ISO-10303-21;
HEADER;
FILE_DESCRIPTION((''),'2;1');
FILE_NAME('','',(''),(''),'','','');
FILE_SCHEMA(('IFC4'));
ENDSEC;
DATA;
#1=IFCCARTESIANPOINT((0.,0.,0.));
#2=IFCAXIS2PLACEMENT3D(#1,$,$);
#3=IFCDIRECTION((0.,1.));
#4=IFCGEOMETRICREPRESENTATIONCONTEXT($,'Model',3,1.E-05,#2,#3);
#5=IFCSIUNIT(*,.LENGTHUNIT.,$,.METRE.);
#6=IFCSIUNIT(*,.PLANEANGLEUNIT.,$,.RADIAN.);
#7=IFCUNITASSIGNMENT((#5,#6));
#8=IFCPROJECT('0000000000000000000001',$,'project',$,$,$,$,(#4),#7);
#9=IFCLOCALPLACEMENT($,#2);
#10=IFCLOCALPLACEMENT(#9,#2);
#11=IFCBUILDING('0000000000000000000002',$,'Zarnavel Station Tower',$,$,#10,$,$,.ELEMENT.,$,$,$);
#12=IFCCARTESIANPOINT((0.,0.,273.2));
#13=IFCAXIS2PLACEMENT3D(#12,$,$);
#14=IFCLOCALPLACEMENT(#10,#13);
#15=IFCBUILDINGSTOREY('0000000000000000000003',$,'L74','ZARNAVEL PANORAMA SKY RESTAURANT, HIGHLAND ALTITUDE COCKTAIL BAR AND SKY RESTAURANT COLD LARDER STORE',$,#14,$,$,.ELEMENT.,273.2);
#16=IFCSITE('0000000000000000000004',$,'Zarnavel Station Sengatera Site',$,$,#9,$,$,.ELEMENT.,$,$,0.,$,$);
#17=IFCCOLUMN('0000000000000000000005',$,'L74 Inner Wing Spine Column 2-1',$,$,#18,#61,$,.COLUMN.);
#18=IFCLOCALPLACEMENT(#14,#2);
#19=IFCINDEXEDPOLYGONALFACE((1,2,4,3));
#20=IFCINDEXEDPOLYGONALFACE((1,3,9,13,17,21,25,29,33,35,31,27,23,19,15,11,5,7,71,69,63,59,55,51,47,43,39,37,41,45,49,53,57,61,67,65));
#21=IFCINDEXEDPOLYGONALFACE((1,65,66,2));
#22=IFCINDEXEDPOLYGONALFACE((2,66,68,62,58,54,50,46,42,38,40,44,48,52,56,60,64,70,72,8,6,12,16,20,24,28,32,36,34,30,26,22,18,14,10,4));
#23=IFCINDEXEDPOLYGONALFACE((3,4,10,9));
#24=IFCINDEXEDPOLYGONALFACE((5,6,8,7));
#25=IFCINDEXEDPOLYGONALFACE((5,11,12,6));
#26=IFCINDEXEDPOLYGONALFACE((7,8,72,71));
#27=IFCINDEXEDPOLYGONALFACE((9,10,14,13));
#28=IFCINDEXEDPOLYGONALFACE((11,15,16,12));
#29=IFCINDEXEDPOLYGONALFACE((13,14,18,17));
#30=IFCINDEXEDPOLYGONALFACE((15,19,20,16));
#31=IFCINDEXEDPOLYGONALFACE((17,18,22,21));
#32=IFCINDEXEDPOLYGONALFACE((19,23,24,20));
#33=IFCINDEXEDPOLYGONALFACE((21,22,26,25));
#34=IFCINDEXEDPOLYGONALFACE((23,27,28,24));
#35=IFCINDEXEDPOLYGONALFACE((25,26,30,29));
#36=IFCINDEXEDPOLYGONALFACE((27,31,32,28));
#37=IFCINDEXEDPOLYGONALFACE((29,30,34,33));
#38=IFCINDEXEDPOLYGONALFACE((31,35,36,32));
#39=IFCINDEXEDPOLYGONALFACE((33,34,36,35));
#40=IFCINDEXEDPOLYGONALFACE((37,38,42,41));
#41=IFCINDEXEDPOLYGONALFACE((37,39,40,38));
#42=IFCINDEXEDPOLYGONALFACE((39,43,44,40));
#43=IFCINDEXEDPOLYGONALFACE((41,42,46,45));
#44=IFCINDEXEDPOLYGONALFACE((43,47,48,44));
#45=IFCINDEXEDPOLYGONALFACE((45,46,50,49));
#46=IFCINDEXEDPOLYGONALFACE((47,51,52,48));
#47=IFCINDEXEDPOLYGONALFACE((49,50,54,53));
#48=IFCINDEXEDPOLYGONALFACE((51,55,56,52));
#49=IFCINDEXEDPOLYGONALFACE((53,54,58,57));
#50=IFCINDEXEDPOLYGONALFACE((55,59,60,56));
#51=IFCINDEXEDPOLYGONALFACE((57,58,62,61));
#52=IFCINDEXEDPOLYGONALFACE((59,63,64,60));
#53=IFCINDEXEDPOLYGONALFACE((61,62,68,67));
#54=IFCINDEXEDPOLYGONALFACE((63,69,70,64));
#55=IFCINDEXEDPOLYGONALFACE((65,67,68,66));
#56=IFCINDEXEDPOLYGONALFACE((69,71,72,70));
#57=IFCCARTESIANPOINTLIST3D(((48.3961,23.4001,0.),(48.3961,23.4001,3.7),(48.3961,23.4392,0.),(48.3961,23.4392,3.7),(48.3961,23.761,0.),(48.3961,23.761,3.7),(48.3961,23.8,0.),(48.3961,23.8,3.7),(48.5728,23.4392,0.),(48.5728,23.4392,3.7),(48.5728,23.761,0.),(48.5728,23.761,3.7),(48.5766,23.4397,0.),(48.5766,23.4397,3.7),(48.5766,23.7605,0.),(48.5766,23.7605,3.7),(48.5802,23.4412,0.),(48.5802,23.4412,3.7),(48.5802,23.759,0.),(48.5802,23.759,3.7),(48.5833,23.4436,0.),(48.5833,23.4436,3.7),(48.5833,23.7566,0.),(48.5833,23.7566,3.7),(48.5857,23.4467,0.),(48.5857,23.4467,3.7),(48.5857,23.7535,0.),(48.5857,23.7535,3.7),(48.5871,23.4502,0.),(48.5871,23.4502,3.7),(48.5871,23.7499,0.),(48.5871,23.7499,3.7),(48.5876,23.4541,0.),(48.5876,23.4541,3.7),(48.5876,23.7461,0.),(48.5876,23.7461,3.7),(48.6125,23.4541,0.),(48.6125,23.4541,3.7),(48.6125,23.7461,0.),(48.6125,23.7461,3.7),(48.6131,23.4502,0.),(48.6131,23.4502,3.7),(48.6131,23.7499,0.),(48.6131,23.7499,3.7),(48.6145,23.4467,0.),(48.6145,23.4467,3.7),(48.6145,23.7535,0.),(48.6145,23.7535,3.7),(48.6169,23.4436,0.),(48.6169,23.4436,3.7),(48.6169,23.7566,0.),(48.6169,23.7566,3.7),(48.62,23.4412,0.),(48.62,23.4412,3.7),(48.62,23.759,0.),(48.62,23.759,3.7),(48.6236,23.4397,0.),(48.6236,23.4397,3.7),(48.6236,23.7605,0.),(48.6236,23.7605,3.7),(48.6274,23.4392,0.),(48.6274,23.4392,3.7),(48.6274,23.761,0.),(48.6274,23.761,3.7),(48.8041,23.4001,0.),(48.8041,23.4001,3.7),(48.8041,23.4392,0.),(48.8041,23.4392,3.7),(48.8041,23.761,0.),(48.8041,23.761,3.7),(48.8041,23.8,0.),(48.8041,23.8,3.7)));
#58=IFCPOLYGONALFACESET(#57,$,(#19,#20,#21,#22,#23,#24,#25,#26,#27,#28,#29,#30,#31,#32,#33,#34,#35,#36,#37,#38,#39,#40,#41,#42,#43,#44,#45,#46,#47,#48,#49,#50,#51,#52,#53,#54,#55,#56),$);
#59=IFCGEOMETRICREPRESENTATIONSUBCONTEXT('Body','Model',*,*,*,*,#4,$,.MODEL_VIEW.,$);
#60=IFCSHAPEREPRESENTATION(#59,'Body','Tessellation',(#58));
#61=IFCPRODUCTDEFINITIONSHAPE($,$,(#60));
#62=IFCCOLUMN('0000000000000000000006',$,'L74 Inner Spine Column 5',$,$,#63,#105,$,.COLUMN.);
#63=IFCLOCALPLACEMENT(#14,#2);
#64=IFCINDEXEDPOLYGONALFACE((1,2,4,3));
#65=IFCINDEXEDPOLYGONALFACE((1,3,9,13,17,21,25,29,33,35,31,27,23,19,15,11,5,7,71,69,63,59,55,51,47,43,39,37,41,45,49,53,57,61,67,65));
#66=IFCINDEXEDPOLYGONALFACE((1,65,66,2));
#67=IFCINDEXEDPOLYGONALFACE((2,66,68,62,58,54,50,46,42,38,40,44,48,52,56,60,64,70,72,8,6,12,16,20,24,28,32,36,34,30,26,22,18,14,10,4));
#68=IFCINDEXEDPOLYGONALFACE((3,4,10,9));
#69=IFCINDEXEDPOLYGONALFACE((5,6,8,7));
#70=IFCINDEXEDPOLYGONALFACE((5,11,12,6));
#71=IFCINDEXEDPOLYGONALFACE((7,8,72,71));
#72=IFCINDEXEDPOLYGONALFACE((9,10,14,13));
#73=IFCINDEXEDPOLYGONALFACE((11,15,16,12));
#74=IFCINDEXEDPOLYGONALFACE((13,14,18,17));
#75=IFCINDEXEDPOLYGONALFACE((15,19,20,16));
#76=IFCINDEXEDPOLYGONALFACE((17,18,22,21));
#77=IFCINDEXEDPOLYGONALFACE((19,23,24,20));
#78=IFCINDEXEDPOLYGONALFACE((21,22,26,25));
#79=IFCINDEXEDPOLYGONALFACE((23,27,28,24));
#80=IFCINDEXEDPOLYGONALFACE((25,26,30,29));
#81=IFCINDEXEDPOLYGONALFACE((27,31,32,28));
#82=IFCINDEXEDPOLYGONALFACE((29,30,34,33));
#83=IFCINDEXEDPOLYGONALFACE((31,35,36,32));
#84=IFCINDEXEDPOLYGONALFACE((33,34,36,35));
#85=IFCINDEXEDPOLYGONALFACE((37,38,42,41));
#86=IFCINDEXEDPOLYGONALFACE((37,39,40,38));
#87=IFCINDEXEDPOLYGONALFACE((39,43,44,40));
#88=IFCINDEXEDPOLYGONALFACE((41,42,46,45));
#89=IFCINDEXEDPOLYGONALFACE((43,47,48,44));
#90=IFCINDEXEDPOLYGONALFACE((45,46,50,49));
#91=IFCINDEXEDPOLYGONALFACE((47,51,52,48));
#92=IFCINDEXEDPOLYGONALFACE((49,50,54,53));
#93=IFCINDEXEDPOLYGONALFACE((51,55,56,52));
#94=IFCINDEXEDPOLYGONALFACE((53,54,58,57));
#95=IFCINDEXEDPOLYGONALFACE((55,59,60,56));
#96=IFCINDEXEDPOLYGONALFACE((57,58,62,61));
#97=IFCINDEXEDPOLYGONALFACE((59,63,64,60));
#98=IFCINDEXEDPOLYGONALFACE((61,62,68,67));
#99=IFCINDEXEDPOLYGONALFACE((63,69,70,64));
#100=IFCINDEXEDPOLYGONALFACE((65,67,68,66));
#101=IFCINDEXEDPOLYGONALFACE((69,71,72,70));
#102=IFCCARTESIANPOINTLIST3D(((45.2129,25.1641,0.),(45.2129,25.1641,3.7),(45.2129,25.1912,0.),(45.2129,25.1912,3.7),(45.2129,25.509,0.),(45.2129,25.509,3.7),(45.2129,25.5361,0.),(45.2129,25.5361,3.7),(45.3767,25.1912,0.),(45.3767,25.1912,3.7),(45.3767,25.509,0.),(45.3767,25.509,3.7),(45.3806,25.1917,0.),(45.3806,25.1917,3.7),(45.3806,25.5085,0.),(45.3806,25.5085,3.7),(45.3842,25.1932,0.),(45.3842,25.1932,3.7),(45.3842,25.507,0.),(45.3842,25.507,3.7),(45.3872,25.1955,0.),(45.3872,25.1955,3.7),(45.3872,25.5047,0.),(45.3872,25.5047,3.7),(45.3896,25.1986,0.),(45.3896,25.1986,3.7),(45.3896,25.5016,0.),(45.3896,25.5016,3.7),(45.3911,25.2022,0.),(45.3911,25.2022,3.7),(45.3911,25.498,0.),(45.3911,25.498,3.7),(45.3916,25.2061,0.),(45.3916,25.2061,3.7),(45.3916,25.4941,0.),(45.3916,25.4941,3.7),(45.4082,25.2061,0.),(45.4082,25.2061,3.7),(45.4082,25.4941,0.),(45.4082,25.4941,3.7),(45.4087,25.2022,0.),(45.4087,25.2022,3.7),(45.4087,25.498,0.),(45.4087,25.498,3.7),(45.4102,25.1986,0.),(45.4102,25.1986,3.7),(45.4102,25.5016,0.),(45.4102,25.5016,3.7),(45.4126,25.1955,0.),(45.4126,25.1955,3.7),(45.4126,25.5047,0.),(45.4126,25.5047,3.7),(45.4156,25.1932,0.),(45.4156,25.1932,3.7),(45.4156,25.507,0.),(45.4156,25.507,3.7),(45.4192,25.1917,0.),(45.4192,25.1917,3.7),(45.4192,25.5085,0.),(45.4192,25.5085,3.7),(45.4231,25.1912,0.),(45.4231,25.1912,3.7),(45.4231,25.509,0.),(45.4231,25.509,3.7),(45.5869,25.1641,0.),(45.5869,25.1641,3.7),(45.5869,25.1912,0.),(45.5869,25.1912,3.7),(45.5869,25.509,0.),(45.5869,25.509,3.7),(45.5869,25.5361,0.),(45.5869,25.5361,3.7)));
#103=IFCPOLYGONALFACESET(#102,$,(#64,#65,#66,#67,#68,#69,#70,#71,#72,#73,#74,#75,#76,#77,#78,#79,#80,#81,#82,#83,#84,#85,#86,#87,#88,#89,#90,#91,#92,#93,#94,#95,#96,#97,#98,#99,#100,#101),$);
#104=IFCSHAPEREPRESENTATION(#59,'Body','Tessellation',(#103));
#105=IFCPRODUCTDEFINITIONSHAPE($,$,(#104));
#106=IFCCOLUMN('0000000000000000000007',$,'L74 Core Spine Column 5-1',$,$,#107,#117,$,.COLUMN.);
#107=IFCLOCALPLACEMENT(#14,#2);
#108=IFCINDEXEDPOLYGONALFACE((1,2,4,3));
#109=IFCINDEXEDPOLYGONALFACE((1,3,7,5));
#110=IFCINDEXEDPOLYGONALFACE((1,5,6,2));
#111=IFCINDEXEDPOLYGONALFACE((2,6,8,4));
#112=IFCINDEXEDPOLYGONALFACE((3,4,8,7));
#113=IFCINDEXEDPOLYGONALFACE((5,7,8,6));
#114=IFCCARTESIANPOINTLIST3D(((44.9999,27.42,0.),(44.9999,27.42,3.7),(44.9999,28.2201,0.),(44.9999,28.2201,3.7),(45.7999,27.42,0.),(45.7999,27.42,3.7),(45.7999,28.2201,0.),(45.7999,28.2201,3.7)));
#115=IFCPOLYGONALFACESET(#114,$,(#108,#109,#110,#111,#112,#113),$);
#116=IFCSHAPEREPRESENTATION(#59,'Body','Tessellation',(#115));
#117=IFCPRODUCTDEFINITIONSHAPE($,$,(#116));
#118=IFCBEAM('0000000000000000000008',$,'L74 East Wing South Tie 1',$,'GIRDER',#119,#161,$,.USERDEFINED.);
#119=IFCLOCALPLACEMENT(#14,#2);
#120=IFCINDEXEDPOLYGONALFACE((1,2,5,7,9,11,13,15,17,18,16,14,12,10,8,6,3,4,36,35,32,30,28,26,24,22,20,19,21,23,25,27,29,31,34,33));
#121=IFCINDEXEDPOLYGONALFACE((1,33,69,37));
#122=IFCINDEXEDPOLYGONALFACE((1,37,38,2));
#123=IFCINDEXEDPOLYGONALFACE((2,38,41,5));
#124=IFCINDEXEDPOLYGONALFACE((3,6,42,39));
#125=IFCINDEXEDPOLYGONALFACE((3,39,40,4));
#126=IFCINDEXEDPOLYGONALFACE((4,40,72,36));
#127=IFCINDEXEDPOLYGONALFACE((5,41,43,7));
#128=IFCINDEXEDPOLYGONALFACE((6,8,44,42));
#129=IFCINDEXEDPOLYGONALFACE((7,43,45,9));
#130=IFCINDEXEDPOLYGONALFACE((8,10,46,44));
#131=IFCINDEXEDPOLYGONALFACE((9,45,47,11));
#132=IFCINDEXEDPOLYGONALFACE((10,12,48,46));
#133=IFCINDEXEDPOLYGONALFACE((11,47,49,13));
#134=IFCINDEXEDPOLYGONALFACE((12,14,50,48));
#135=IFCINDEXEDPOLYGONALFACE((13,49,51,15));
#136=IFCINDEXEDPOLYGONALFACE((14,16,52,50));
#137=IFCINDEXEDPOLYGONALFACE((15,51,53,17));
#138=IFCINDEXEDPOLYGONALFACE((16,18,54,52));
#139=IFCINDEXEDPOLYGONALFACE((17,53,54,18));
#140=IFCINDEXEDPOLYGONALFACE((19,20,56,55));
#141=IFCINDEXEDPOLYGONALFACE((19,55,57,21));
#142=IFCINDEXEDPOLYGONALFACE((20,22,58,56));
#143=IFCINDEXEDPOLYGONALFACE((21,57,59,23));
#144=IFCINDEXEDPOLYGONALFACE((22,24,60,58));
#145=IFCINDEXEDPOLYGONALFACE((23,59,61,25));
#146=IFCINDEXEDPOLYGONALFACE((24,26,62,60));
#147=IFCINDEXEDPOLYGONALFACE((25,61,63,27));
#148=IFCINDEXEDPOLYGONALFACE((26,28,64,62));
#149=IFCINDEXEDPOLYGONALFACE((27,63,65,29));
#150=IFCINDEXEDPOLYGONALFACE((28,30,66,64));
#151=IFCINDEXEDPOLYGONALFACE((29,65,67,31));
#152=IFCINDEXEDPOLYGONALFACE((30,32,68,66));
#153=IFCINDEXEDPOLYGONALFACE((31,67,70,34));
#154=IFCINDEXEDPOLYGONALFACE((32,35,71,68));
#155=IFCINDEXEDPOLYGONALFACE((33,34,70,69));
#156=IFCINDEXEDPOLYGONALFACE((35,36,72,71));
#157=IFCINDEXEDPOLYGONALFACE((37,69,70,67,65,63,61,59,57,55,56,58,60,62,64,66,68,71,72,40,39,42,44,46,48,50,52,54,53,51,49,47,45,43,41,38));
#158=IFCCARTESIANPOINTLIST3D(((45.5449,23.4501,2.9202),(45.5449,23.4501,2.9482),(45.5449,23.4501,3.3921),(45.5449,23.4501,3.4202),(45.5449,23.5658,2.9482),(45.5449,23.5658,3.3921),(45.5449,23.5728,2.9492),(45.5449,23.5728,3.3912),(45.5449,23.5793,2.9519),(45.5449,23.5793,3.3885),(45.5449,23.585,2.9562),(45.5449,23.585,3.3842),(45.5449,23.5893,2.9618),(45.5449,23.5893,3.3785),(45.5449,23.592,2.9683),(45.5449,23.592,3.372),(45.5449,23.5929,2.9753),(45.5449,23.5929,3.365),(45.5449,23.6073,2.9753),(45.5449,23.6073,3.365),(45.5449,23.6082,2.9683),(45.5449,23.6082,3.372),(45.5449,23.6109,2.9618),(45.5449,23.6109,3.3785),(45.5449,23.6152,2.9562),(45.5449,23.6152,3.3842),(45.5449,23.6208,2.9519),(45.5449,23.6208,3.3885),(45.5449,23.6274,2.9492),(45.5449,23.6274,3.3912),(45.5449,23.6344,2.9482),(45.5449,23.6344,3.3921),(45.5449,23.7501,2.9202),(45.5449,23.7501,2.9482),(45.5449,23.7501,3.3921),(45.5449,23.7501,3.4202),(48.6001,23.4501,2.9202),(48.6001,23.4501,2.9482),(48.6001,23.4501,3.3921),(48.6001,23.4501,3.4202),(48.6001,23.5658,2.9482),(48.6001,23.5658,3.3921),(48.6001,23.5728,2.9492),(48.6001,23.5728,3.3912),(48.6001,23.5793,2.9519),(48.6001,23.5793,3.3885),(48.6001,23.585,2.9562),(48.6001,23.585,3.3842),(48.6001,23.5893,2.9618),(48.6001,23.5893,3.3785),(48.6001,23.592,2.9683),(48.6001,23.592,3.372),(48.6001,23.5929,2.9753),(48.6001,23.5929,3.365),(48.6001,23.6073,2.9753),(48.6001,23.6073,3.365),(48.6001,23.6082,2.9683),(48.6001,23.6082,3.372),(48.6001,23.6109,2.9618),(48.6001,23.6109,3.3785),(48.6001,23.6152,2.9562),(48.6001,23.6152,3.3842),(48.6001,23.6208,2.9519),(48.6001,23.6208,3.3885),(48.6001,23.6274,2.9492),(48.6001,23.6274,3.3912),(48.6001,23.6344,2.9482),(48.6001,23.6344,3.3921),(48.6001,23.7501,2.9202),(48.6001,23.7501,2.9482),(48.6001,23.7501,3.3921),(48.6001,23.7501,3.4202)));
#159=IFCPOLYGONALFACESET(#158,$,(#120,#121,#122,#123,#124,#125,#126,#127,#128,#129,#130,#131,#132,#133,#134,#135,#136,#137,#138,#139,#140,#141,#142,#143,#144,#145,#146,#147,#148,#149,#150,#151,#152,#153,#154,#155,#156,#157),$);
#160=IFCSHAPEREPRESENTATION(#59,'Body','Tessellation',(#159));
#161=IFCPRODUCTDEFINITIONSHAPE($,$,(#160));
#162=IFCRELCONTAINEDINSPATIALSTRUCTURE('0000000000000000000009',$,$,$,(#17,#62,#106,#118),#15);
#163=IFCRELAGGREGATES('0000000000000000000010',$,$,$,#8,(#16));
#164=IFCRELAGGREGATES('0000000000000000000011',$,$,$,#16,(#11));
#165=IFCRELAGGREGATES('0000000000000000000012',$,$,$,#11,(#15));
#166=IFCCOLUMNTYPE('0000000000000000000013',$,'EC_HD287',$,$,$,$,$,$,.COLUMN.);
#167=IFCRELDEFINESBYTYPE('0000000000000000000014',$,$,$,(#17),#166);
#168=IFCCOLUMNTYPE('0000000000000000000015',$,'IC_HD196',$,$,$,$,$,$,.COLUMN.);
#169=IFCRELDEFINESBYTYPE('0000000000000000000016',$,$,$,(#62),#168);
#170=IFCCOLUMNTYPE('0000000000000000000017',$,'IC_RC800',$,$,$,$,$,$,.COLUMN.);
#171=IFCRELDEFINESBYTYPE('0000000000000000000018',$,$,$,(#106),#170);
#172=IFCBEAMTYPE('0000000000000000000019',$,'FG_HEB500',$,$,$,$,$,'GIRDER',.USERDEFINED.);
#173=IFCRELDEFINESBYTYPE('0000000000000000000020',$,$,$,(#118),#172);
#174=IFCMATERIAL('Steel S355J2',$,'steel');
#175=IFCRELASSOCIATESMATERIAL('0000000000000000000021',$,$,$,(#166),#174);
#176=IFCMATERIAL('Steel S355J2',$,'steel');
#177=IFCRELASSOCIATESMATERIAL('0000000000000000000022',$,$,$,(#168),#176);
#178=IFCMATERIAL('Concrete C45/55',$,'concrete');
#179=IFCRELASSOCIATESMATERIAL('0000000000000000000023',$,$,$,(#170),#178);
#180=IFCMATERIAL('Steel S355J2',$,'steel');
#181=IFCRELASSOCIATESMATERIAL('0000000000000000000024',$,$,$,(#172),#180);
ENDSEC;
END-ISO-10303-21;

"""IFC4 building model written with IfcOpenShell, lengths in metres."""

from ifc_helpers import new_model, si_unit, direction, frame, origin, origin_2d, place, context, subcontext, project, spatial, rectangle, i_section, extrude, material, material_profile, profile_set, type_object, element, save


model = new_model("IFC4")

# Units and contexts
model_context = context("Model", 3, precision=1e-05, world=origin(), true_north=direction((0.0, 1.0)))
body_context = subcontext(model_context, "Body", "Model", "MODEL_VIEW")
ifc_project = project(units=[si_unit("LENGTHUNIT", "METRE"), si_unit("PLANEANGLEUNIT", "RADIAN")], contexts=[model_context])

# Site, building, storey
site_placement = place(None, origin())
site = spatial("IfcSite", under=ifc_project, at=site_placement, Name="Zarnavel Station Sengatera Site", CompositionType="ELEMENT", RefElevation=0.0)
building_placement = place(site_placement, origin())
building = spatial("IfcBuilding", under=site, at=building_placement, Name="Zarnavel Station Tower", CompositionType="ELEMENT")
storey_placement = place(building_placement, frame((0.0, 0.0, 273.2)))
storey = spatial("IfcBuildingStorey", under=building, at=storey_placement, Name="L74", Description="ZARNAVEL PANORAMA SKY RESTAURANT, HIGHLAND ALTITUDE COCKTAIL BAR AND SKY RESTAURANT COLD LARDER STORE", CompositionType="ELEMENT", Elevation=273.2)

# Columns
ifc_material_1 = material(Name="Steel S355J2", Category="steel")
ifc_material_profile_1 = material_profile(ifc_material_1, i_section(OverallWidth=0.408, OverallDepth=0.3999, WebThickness=0.0249, FlangeThickness=0.0391, FilletRadius=0.0149, at=origin_2d()), Name="HD400x287")
ifc_profile_set_1 = profile_set([ifc_material_profile_1], Name="Steel S355J2")
column_type_1 = type_object("IfcColumnType", Name="EC_HD287", PredefinedType="COLUMN", material=ifc_profile_set_1)
column_1_placement = place(storey_placement, frame((48.6001, 23.6001, 0.0), z_axis=(0.0, 0.0, 1.0), x_axis=(1.0, 0.0, 0.0)))
element("IfcColumn", 1, at=column_1_placement, inside=storey, type_object=column_type_1, Name="L74 Inner Wing Spine Column 2-1", PredefinedType="COLUMN", context=body_context, shape_type="SweptSolid", body=[
    extrude(i_section(OverallWidth=0.408, OverallDepth=0.3999, WebThickness=0.0249, FlangeThickness=0.0391, FilletRadius=0.0149, at=origin_2d()), origin(), (0.0, 0.0, 1.0), 3.7),
])
ifc_material_2 = material(Name="Steel S355J2", Category="steel")
ifc_material_profile_2 = material_profile(ifc_material_2, i_section(OverallWidth=0.374, OverallDepth=0.3721, WebThickness=0.0166, FlangeThickness=0.0271, FilletRadius=0.0149, at=origin_2d()), Name="HD360x196")
ifc_profile_set_2 = profile_set([ifc_material_profile_2], Name="Steel S355J2")
column_type_2 = type_object("IfcColumnType", Name="IC_HD196", PredefinedType="COLUMN", material=ifc_profile_set_2)
column_2_placement = place(storey_placement, frame((45.3999, 25.3501, 0.0), z_axis=(0.0, 0.0, 1.0), x_axis=(1.0, 0.0, 0.0)))
element("IfcColumn", 2, at=column_2_placement, inside=storey, type_object=column_type_2, Name="L74 Inner Spine Column 5", PredefinedType="COLUMN", context=body_context, shape_type="SweptSolid", body=[
    extrude(i_section(OverallWidth=0.374, OverallDepth=0.3721, WebThickness=0.0166, FlangeThickness=0.0271, FilletRadius=0.0149, at=origin_2d()), origin(), (0.0, 0.0, 1.0), 3.7),
])
ifc_material_3 = material(Name="Concrete C45/55", Category="concrete")
ifc_material_profile_3 = material_profile(ifc_material_3, rectangle(XDim=0.8, YDim=0.8, at=origin_2d()), Name="RC800x800")
ifc_profile_set_3 = profile_set([ifc_material_profile_3], Name="Concrete C45/55")
column_type_3 = type_object("IfcColumnType", Name="IC_RC800", PredefinedType="COLUMN", material=ifc_profile_set_3)
column_3_placement = place(storey_placement, frame((45.3999, 27.8201, 0.0), z_axis=(0.0, 0.0, 1.0), x_axis=(1.0, 0.0, 0.0)))
element("IfcColumn", 3, at=column_3_placement, inside=storey, type_object=column_type_3, Name="L74 Core Spine Column 5-1", PredefinedType="COLUMN", context=body_context, shape_type="SweptSolid", body=[
    extrude(rectangle(XDim=0.8, YDim=0.8, at=origin_2d()), origin(), (0.0, 0.0, 1.0), 3.7),
])

# Beam
ifc_material_4 = material(Name="Steel S355J2", Category="steel")
ifc_material_profile_4 = material_profile(ifc_material_4, i_section(OverallWidth=0.3, OverallDepth=0.5, WebThickness=0.0144, FlangeThickness=0.0281, FilletRadius=0.0271, at=origin_2d()), Name="HEB500")
ifc_profile_set_4 = profile_set([ifc_material_profile_4], Name="Steel S355J2")
beam_type_1 = type_object("IfcBeamType", Name="FG_HEB500", ElementType="GIRDER", PredefinedType="USERDEFINED", material=ifc_profile_set_4)
beam_1_placement = place(storey_placement, frame((45.5449, 23.6001, 3.1702), z_axis=(1.0, 0.0, 0.0), x_axis=(0.0, 1.0, 0.0)))
element("IfcBeam", 4, at=beam_1_placement, inside=storey, type_object=beam_type_1, Name="L74 East Wing South Tie 1", ObjectType="GIRDER", PredefinedType="USERDEFINED", context=body_context, shape_type="SweptSolid", body=[
    extrude(i_section(OverallWidth=0.3, OverallDepth=0.5, WebThickness=0.0144, FlangeThickness=0.0281, FilletRadius=0.0271, at=origin_2d()), origin(), (0.0, 0.0, 1.0), 3.0552),
])

save(model, "model.ifc")
